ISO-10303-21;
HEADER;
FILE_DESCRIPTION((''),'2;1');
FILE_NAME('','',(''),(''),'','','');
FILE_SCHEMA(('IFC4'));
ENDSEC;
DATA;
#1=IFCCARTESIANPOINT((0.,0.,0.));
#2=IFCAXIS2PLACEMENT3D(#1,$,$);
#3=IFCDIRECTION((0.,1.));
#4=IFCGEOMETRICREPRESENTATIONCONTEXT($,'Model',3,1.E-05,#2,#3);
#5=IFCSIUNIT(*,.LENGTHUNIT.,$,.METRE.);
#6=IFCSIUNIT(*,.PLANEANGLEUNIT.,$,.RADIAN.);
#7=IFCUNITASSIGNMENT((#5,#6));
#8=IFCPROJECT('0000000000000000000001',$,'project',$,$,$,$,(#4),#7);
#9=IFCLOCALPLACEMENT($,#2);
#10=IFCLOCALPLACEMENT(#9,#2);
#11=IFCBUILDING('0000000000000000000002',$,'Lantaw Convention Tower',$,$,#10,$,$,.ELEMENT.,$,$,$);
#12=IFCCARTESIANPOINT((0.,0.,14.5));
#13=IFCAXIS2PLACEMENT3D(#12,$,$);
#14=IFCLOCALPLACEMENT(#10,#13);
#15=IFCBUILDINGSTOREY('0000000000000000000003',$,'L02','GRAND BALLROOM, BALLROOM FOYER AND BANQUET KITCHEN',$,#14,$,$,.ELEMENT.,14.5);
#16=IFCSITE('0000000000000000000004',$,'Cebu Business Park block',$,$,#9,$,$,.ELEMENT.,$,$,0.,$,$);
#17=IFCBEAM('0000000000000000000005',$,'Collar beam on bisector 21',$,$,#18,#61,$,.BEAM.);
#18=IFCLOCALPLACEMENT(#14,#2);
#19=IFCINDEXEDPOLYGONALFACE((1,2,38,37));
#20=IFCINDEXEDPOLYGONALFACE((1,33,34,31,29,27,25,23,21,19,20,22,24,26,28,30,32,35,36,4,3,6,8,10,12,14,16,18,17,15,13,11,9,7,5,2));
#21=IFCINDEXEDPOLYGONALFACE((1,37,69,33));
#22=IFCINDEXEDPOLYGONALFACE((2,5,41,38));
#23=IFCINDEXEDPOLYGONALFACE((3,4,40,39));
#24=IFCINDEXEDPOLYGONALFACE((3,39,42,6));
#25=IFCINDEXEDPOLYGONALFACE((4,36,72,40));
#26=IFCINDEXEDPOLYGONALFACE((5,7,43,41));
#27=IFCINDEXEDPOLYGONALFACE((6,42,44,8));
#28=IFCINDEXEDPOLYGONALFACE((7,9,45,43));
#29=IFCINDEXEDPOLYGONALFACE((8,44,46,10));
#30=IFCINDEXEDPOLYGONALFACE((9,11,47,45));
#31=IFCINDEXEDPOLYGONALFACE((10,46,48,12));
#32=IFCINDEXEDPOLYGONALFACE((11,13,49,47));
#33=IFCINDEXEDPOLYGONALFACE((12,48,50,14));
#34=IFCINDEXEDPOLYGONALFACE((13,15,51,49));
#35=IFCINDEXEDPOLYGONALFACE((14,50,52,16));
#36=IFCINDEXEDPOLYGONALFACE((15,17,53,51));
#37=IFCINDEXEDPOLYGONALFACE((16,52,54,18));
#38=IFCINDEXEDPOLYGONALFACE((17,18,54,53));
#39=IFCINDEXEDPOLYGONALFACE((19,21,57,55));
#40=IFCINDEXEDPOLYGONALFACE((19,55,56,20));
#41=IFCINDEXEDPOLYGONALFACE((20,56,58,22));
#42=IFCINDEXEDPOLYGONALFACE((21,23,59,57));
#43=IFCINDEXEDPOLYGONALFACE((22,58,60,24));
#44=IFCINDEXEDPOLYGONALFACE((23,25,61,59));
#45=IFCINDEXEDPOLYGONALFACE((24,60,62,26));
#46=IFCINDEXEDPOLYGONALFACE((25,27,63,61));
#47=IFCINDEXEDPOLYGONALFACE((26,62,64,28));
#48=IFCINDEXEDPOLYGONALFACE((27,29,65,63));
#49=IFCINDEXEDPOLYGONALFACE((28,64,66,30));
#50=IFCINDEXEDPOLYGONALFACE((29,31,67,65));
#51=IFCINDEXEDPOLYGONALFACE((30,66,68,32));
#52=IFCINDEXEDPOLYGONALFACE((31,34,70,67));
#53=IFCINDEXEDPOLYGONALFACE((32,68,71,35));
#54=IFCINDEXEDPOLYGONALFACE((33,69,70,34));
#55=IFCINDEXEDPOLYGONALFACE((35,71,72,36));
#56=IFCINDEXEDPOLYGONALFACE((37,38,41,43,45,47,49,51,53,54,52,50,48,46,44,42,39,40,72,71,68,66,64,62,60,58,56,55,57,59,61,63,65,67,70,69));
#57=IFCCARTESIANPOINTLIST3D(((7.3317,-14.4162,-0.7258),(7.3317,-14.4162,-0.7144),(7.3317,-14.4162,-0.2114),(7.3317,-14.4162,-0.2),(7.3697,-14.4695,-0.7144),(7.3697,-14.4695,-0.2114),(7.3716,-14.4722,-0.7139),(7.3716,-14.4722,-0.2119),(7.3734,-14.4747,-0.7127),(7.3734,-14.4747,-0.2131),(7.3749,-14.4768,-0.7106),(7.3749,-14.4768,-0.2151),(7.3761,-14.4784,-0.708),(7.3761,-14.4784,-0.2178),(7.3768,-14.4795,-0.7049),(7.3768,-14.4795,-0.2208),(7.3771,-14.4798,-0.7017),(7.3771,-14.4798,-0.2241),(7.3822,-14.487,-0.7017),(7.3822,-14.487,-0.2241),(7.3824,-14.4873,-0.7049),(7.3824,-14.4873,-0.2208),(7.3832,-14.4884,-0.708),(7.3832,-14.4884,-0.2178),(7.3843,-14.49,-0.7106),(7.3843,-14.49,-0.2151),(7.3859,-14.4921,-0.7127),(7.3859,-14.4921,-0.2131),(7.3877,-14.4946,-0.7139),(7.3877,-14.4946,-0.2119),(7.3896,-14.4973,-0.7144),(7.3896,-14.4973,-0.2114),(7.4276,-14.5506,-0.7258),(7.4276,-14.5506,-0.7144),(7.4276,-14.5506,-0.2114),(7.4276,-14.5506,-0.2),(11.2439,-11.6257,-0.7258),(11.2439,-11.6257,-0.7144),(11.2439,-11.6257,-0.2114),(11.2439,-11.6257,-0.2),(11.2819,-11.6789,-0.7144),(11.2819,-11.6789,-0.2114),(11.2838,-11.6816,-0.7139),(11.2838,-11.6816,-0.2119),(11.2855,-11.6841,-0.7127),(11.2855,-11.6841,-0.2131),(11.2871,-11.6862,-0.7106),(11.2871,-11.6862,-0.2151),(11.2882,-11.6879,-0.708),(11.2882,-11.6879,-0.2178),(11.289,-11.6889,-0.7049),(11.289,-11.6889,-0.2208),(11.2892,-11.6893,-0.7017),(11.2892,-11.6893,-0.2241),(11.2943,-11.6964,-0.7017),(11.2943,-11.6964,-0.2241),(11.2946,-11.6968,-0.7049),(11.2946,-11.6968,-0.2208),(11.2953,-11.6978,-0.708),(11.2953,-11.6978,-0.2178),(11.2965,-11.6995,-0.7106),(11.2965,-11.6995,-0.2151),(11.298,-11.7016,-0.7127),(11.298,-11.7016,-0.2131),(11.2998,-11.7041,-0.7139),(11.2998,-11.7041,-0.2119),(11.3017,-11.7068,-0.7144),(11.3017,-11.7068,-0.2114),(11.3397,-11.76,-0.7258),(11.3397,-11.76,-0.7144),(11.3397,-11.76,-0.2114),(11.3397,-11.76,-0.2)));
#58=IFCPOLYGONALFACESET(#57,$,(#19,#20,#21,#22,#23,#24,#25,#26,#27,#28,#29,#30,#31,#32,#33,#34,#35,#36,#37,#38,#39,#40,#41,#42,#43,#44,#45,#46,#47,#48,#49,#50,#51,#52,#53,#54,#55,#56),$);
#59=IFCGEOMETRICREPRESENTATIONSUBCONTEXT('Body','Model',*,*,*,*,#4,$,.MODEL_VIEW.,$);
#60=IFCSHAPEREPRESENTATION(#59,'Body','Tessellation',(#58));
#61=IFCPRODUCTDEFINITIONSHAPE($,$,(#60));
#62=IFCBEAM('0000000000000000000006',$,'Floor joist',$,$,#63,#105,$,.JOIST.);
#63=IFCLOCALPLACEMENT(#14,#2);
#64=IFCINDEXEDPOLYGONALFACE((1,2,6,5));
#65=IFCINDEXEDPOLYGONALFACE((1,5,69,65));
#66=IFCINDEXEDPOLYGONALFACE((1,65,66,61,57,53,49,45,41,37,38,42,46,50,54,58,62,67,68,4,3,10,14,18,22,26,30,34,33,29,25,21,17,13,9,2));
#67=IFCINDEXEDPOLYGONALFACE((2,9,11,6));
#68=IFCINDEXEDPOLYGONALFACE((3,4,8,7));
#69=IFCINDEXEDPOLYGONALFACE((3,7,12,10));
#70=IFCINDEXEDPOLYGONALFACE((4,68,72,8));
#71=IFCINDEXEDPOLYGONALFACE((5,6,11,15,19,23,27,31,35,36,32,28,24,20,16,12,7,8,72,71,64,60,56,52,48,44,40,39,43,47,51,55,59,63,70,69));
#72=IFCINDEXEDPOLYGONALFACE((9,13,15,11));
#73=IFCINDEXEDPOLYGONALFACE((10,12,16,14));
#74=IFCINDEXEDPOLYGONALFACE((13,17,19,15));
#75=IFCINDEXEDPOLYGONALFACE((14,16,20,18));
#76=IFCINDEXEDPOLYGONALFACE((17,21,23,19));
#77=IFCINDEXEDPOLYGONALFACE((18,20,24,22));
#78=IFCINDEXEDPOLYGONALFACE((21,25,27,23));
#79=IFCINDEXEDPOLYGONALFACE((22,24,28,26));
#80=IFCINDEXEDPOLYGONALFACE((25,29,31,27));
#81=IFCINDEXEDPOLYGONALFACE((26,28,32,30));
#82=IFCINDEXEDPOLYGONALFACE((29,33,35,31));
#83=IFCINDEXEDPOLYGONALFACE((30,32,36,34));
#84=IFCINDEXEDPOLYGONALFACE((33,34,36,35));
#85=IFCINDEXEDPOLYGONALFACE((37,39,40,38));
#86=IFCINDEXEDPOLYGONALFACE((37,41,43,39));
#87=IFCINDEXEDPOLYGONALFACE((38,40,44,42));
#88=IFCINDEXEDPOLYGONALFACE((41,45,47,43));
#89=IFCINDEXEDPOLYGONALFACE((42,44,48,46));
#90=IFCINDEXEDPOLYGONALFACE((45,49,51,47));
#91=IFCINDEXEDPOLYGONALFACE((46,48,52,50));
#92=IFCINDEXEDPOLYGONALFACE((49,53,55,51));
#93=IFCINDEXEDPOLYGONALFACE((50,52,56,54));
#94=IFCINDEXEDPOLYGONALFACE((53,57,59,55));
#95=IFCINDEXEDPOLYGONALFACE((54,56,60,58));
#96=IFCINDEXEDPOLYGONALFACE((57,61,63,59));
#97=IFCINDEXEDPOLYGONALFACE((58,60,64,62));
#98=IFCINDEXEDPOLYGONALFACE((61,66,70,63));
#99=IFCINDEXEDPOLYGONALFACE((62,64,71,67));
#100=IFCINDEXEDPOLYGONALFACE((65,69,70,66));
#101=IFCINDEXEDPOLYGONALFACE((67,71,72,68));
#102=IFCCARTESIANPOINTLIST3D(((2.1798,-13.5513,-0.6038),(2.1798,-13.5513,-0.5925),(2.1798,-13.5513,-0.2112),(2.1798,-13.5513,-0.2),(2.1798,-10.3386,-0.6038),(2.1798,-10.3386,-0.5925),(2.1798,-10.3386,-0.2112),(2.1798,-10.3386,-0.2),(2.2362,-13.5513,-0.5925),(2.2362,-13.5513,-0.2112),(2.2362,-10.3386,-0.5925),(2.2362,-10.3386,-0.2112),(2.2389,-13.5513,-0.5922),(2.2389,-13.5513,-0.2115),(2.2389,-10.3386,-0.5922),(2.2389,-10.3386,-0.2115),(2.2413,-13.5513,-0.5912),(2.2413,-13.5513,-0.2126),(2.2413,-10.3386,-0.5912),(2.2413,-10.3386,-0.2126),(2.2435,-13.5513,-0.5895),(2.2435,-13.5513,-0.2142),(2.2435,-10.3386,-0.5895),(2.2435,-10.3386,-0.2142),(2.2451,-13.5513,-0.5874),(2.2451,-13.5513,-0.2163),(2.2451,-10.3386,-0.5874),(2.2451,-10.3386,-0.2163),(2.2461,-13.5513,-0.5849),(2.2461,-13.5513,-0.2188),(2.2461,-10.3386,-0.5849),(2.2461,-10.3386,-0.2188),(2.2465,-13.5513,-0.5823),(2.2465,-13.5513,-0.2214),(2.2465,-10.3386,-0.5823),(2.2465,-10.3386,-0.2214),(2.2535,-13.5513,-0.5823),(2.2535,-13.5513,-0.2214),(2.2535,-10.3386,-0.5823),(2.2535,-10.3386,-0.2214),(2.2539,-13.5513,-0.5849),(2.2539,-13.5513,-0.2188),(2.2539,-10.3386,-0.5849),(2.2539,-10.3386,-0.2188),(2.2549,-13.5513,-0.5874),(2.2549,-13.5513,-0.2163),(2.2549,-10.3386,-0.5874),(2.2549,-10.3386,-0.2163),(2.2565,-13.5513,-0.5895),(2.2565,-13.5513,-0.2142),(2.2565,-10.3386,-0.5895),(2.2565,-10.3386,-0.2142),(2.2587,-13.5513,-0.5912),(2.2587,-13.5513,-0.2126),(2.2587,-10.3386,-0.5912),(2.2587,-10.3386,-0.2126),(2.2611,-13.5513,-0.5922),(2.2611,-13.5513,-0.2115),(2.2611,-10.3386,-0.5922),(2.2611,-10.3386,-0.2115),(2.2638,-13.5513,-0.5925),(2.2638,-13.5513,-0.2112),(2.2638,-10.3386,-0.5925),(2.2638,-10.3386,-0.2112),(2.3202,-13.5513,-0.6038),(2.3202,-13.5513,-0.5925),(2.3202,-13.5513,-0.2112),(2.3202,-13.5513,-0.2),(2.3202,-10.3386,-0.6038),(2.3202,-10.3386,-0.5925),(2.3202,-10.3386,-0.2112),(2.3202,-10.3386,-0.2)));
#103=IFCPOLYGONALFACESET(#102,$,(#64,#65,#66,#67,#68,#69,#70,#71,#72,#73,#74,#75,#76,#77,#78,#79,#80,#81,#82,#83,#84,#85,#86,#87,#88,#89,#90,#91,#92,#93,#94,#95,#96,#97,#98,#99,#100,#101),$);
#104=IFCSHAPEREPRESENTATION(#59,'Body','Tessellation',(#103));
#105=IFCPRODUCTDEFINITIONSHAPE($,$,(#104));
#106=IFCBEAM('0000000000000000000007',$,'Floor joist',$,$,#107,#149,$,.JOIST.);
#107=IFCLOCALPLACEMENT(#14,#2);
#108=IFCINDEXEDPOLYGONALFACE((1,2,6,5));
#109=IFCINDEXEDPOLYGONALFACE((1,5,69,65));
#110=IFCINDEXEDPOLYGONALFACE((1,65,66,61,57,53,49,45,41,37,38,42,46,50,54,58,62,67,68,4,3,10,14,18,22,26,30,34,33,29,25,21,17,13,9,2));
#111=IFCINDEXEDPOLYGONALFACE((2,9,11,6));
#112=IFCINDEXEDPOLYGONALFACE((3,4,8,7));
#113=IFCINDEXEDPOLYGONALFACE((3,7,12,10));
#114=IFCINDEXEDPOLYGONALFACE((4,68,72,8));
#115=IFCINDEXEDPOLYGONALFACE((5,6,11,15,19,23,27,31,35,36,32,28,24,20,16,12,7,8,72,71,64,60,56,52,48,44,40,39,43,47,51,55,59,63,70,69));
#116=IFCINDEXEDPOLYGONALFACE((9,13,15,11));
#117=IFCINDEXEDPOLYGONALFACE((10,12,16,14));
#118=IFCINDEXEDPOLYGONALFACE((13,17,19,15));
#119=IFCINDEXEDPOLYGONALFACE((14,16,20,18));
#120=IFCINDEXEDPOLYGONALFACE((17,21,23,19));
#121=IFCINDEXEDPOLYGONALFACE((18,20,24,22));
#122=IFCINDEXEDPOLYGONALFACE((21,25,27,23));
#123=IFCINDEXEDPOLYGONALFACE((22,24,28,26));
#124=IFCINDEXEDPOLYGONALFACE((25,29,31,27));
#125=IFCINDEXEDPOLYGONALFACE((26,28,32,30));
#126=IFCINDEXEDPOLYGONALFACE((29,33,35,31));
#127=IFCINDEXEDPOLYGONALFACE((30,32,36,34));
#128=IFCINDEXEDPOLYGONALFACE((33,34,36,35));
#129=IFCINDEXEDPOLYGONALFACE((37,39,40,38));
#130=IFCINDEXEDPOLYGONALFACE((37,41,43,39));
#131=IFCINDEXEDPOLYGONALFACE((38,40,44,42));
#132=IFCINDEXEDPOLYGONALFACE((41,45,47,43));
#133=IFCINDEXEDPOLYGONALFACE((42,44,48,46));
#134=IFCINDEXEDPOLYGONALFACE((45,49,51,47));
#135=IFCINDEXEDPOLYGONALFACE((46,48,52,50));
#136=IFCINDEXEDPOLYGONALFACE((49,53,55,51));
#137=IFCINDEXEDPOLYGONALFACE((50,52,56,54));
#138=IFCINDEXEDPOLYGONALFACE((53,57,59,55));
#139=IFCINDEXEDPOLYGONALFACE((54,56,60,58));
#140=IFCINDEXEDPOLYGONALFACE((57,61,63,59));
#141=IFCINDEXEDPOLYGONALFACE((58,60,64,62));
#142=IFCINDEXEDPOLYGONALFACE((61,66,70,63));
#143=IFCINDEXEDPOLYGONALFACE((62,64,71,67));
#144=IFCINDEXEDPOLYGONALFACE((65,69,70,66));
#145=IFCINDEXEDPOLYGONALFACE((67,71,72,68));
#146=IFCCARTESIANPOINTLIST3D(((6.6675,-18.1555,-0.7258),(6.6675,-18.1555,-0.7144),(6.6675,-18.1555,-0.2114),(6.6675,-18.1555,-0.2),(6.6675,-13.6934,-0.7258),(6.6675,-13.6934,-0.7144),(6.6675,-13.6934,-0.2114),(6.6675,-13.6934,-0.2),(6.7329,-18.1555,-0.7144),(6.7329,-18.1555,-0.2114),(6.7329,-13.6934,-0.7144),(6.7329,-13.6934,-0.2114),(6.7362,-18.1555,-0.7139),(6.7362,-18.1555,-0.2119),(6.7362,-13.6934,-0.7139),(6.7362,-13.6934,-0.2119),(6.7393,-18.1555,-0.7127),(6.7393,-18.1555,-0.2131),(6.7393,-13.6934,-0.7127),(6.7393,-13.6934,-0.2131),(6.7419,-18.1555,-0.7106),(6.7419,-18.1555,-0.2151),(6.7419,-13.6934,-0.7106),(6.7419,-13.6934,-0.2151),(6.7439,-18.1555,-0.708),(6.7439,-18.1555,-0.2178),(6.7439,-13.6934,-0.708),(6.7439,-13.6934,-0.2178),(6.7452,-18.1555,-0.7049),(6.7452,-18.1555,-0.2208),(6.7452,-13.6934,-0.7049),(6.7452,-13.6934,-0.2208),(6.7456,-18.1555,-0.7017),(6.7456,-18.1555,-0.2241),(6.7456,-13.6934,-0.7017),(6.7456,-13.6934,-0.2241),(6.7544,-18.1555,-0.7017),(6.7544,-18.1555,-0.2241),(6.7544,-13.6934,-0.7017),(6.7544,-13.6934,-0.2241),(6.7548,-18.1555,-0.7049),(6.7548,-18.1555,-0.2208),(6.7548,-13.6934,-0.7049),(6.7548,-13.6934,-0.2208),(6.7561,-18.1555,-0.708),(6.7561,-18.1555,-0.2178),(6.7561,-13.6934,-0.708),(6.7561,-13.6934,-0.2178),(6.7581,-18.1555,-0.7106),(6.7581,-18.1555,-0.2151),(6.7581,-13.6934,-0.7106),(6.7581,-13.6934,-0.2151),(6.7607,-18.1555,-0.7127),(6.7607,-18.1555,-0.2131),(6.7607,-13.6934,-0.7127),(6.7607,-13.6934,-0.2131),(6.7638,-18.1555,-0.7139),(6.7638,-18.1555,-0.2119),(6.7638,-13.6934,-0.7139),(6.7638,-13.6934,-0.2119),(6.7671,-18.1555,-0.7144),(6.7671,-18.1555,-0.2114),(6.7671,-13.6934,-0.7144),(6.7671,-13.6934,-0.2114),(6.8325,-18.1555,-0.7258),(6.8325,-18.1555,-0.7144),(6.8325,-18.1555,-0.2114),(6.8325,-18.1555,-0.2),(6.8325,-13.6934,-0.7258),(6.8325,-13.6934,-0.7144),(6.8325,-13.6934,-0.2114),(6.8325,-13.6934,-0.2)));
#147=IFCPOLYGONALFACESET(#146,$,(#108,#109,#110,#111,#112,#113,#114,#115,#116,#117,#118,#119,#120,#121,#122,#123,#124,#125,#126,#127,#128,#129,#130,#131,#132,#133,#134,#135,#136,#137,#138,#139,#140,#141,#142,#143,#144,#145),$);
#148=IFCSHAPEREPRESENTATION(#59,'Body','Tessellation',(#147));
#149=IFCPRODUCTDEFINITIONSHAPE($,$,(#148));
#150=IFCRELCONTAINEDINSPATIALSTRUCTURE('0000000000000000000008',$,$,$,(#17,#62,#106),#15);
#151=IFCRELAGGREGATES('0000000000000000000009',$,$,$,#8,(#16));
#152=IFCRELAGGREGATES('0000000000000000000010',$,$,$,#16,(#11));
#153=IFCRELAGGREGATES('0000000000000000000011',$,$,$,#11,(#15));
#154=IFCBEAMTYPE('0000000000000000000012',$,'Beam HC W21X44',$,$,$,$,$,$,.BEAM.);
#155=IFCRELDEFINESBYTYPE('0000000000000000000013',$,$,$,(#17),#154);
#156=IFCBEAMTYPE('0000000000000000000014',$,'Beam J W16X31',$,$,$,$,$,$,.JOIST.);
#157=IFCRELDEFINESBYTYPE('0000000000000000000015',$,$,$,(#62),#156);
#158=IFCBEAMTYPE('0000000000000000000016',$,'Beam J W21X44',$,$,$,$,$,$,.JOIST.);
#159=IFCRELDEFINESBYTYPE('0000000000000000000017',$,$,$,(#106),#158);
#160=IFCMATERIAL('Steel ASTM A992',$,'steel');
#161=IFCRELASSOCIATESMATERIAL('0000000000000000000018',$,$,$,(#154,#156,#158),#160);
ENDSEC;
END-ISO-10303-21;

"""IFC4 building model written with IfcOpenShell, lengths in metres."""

from ifc_helpers import new_model, si_unit, direction, frame, origin, origin_2d, place, context, subcontext, project, spatial, i_section, extrude, material, material_profile, profile_set, type_object, element, save


model = new_model("IFC4")

# Units and contexts
model_context = context("Model", 3, precision=1e-05, world=origin(), true_north=direction((0.0, 1.0)))
body_context = subcontext(model_context, "Body", "Model", "MODEL_VIEW")
ifc_project = project(units=[si_unit("LENGTHUNIT", "METRE"), si_unit("PLANEANGLEUNIT", "RADIAN")], contexts=[model_context])

# Site, building, storey
site_placement = place(None, origin())
site = spatial("IfcSite", under=ifc_project, at=site_placement, Name="Cebu Business Park block", CompositionType="ELEMENT", RefElevation=0.0)
building_placement = place(site_placement, origin())
building = spatial("IfcBuilding", under=site, at=building_placement, Name="Lantaw Convention Tower", CompositionType="ELEMENT")
storey_placement = place(building_placement, frame((0.0, 0.0, 14.5)))
storey = spatial("IfcBuildingStorey", under=building, at=storey_placement, Name="L02", Description="GRAND BALLROOM, BALLROOM FOYER AND BANQUET KITCHEN", CompositionType="ELEMENT", Elevation=14.5)

# Beams
ifc_material_1 = material(Name="Steel ASTM A992", Category="steel")
ifc_material_profile_1 = material_profile(ifc_material_1, i_section(OverallWidth=0.165, OverallDepth=0.5259, WebThickness=0.0088, FlangeThickness=0.0115, FilletRadius=0.0127, at=origin_2d()), Name="W21X44")
ifc_profile_set_1 = profile_set([ifc_material_profile_1], Name="Steel ASTM A992")
beam_type_1 = type_object("IfcBeamType", Name="Beam HC W21X44", PredefinedType="BEAM", material=ifc_profile_set_1)
beam_1_placement = place(storey_placement, frame((7.3796, -14.4834, -0.4629), z_axis=(0.814111, 0.580709, 0.0), x_axis=(-0.580709, 0.814111, 0.0)))
element("IfcBeam", 1, at=beam_1_placement, inside=storey, type_object=beam_type_1, Name="Collar beam on bisector 21", PredefinedType="BEAM", context=body_context, shape_type="SweptSolid", body=[
    extrude(i_section(OverallWidth=0.165, OverallDepth=0.5259, WebThickness=0.0088, FlangeThickness=0.0115, FilletRadius=0.0127, at=origin_2d()), origin(), (0.0, 0.0, 1.0), 4.8054),
])
ifc_material_profile_2 = material_profile(ifc_material_1, i_section(OverallWidth=0.1404, OverallDepth=0.4038, WebThickness=0.0071, FlangeThickness=0.0112, FilletRadius=0.0103, at=origin_2d()), Name="W16X31")
ifc_profile_set_2 = profile_set([ifc_material_profile_2], Name="Steel ASTM A992")
beam_type_2 = type_object("IfcBeamType", Name="Beam J W16X31", PredefinedType="JOIST", material=ifc_profile_set_2)
beam_2_placement = place(storey_placement, frame((2.25, -13.5513, -0.4019), z_axis=(0.0, 1.0, 0.0), x_axis=(-1.0, 0.0, 0.0)))
element("IfcBeam", 2, at=beam_2_placement, inside=storey, type_object=beam_type_2, Name="Floor joist", PredefinedType="JOIST", context=body_context, shape_type="SweptSolid", body=[
    extrude(i_section(OverallWidth=0.1404, OverallDepth=0.4038, WebThickness=0.0071, FlangeThickness=0.0112, FilletRadius=0.0103, at=origin_2d()), origin(), (0.0, 0.0, 1.0), 3.2126),
])
ifc_material_profile_3 = material_profile(ifc_material_1, i_section(OverallWidth=0.165, OverallDepth=0.5259, WebThickness=0.0088, FlangeThickness=0.0115, FilletRadius=0.0127, at=origin_2d()), Name="W21X44")
ifc_profile_set_3 = profile_set([ifc_material_profile_3], Name="Steel ASTM A992")
beam_type_3 = type_object("IfcBeamType", Name="Beam J W21X44", PredefinedType="JOIST", material=ifc_profile_set_3)
beam_3_placement = place(storey_placement, frame((6.75, -18.1555, -0.4629), z_axis=(0.0, 1.0, 0.0), x_axis=(-1.0, 0.0, 0.0)))
element("IfcBeam", 3, at=beam_3_placement, inside=storey, type_object=beam_type_3, Name="Floor joist", PredefinedType="JOIST", context=body_context, shape_type="SweptSolid", body=[
    extrude(i_section(OverallWidth=0.165, OverallDepth=0.5259, WebThickness=0.0088, FlangeThickness=0.0115, FilletRadius=0.0127, at=origin_2d()), origin(), (0.0, 0.0, 1.0), 4.4622),
])

save(model, "model.ifc")
